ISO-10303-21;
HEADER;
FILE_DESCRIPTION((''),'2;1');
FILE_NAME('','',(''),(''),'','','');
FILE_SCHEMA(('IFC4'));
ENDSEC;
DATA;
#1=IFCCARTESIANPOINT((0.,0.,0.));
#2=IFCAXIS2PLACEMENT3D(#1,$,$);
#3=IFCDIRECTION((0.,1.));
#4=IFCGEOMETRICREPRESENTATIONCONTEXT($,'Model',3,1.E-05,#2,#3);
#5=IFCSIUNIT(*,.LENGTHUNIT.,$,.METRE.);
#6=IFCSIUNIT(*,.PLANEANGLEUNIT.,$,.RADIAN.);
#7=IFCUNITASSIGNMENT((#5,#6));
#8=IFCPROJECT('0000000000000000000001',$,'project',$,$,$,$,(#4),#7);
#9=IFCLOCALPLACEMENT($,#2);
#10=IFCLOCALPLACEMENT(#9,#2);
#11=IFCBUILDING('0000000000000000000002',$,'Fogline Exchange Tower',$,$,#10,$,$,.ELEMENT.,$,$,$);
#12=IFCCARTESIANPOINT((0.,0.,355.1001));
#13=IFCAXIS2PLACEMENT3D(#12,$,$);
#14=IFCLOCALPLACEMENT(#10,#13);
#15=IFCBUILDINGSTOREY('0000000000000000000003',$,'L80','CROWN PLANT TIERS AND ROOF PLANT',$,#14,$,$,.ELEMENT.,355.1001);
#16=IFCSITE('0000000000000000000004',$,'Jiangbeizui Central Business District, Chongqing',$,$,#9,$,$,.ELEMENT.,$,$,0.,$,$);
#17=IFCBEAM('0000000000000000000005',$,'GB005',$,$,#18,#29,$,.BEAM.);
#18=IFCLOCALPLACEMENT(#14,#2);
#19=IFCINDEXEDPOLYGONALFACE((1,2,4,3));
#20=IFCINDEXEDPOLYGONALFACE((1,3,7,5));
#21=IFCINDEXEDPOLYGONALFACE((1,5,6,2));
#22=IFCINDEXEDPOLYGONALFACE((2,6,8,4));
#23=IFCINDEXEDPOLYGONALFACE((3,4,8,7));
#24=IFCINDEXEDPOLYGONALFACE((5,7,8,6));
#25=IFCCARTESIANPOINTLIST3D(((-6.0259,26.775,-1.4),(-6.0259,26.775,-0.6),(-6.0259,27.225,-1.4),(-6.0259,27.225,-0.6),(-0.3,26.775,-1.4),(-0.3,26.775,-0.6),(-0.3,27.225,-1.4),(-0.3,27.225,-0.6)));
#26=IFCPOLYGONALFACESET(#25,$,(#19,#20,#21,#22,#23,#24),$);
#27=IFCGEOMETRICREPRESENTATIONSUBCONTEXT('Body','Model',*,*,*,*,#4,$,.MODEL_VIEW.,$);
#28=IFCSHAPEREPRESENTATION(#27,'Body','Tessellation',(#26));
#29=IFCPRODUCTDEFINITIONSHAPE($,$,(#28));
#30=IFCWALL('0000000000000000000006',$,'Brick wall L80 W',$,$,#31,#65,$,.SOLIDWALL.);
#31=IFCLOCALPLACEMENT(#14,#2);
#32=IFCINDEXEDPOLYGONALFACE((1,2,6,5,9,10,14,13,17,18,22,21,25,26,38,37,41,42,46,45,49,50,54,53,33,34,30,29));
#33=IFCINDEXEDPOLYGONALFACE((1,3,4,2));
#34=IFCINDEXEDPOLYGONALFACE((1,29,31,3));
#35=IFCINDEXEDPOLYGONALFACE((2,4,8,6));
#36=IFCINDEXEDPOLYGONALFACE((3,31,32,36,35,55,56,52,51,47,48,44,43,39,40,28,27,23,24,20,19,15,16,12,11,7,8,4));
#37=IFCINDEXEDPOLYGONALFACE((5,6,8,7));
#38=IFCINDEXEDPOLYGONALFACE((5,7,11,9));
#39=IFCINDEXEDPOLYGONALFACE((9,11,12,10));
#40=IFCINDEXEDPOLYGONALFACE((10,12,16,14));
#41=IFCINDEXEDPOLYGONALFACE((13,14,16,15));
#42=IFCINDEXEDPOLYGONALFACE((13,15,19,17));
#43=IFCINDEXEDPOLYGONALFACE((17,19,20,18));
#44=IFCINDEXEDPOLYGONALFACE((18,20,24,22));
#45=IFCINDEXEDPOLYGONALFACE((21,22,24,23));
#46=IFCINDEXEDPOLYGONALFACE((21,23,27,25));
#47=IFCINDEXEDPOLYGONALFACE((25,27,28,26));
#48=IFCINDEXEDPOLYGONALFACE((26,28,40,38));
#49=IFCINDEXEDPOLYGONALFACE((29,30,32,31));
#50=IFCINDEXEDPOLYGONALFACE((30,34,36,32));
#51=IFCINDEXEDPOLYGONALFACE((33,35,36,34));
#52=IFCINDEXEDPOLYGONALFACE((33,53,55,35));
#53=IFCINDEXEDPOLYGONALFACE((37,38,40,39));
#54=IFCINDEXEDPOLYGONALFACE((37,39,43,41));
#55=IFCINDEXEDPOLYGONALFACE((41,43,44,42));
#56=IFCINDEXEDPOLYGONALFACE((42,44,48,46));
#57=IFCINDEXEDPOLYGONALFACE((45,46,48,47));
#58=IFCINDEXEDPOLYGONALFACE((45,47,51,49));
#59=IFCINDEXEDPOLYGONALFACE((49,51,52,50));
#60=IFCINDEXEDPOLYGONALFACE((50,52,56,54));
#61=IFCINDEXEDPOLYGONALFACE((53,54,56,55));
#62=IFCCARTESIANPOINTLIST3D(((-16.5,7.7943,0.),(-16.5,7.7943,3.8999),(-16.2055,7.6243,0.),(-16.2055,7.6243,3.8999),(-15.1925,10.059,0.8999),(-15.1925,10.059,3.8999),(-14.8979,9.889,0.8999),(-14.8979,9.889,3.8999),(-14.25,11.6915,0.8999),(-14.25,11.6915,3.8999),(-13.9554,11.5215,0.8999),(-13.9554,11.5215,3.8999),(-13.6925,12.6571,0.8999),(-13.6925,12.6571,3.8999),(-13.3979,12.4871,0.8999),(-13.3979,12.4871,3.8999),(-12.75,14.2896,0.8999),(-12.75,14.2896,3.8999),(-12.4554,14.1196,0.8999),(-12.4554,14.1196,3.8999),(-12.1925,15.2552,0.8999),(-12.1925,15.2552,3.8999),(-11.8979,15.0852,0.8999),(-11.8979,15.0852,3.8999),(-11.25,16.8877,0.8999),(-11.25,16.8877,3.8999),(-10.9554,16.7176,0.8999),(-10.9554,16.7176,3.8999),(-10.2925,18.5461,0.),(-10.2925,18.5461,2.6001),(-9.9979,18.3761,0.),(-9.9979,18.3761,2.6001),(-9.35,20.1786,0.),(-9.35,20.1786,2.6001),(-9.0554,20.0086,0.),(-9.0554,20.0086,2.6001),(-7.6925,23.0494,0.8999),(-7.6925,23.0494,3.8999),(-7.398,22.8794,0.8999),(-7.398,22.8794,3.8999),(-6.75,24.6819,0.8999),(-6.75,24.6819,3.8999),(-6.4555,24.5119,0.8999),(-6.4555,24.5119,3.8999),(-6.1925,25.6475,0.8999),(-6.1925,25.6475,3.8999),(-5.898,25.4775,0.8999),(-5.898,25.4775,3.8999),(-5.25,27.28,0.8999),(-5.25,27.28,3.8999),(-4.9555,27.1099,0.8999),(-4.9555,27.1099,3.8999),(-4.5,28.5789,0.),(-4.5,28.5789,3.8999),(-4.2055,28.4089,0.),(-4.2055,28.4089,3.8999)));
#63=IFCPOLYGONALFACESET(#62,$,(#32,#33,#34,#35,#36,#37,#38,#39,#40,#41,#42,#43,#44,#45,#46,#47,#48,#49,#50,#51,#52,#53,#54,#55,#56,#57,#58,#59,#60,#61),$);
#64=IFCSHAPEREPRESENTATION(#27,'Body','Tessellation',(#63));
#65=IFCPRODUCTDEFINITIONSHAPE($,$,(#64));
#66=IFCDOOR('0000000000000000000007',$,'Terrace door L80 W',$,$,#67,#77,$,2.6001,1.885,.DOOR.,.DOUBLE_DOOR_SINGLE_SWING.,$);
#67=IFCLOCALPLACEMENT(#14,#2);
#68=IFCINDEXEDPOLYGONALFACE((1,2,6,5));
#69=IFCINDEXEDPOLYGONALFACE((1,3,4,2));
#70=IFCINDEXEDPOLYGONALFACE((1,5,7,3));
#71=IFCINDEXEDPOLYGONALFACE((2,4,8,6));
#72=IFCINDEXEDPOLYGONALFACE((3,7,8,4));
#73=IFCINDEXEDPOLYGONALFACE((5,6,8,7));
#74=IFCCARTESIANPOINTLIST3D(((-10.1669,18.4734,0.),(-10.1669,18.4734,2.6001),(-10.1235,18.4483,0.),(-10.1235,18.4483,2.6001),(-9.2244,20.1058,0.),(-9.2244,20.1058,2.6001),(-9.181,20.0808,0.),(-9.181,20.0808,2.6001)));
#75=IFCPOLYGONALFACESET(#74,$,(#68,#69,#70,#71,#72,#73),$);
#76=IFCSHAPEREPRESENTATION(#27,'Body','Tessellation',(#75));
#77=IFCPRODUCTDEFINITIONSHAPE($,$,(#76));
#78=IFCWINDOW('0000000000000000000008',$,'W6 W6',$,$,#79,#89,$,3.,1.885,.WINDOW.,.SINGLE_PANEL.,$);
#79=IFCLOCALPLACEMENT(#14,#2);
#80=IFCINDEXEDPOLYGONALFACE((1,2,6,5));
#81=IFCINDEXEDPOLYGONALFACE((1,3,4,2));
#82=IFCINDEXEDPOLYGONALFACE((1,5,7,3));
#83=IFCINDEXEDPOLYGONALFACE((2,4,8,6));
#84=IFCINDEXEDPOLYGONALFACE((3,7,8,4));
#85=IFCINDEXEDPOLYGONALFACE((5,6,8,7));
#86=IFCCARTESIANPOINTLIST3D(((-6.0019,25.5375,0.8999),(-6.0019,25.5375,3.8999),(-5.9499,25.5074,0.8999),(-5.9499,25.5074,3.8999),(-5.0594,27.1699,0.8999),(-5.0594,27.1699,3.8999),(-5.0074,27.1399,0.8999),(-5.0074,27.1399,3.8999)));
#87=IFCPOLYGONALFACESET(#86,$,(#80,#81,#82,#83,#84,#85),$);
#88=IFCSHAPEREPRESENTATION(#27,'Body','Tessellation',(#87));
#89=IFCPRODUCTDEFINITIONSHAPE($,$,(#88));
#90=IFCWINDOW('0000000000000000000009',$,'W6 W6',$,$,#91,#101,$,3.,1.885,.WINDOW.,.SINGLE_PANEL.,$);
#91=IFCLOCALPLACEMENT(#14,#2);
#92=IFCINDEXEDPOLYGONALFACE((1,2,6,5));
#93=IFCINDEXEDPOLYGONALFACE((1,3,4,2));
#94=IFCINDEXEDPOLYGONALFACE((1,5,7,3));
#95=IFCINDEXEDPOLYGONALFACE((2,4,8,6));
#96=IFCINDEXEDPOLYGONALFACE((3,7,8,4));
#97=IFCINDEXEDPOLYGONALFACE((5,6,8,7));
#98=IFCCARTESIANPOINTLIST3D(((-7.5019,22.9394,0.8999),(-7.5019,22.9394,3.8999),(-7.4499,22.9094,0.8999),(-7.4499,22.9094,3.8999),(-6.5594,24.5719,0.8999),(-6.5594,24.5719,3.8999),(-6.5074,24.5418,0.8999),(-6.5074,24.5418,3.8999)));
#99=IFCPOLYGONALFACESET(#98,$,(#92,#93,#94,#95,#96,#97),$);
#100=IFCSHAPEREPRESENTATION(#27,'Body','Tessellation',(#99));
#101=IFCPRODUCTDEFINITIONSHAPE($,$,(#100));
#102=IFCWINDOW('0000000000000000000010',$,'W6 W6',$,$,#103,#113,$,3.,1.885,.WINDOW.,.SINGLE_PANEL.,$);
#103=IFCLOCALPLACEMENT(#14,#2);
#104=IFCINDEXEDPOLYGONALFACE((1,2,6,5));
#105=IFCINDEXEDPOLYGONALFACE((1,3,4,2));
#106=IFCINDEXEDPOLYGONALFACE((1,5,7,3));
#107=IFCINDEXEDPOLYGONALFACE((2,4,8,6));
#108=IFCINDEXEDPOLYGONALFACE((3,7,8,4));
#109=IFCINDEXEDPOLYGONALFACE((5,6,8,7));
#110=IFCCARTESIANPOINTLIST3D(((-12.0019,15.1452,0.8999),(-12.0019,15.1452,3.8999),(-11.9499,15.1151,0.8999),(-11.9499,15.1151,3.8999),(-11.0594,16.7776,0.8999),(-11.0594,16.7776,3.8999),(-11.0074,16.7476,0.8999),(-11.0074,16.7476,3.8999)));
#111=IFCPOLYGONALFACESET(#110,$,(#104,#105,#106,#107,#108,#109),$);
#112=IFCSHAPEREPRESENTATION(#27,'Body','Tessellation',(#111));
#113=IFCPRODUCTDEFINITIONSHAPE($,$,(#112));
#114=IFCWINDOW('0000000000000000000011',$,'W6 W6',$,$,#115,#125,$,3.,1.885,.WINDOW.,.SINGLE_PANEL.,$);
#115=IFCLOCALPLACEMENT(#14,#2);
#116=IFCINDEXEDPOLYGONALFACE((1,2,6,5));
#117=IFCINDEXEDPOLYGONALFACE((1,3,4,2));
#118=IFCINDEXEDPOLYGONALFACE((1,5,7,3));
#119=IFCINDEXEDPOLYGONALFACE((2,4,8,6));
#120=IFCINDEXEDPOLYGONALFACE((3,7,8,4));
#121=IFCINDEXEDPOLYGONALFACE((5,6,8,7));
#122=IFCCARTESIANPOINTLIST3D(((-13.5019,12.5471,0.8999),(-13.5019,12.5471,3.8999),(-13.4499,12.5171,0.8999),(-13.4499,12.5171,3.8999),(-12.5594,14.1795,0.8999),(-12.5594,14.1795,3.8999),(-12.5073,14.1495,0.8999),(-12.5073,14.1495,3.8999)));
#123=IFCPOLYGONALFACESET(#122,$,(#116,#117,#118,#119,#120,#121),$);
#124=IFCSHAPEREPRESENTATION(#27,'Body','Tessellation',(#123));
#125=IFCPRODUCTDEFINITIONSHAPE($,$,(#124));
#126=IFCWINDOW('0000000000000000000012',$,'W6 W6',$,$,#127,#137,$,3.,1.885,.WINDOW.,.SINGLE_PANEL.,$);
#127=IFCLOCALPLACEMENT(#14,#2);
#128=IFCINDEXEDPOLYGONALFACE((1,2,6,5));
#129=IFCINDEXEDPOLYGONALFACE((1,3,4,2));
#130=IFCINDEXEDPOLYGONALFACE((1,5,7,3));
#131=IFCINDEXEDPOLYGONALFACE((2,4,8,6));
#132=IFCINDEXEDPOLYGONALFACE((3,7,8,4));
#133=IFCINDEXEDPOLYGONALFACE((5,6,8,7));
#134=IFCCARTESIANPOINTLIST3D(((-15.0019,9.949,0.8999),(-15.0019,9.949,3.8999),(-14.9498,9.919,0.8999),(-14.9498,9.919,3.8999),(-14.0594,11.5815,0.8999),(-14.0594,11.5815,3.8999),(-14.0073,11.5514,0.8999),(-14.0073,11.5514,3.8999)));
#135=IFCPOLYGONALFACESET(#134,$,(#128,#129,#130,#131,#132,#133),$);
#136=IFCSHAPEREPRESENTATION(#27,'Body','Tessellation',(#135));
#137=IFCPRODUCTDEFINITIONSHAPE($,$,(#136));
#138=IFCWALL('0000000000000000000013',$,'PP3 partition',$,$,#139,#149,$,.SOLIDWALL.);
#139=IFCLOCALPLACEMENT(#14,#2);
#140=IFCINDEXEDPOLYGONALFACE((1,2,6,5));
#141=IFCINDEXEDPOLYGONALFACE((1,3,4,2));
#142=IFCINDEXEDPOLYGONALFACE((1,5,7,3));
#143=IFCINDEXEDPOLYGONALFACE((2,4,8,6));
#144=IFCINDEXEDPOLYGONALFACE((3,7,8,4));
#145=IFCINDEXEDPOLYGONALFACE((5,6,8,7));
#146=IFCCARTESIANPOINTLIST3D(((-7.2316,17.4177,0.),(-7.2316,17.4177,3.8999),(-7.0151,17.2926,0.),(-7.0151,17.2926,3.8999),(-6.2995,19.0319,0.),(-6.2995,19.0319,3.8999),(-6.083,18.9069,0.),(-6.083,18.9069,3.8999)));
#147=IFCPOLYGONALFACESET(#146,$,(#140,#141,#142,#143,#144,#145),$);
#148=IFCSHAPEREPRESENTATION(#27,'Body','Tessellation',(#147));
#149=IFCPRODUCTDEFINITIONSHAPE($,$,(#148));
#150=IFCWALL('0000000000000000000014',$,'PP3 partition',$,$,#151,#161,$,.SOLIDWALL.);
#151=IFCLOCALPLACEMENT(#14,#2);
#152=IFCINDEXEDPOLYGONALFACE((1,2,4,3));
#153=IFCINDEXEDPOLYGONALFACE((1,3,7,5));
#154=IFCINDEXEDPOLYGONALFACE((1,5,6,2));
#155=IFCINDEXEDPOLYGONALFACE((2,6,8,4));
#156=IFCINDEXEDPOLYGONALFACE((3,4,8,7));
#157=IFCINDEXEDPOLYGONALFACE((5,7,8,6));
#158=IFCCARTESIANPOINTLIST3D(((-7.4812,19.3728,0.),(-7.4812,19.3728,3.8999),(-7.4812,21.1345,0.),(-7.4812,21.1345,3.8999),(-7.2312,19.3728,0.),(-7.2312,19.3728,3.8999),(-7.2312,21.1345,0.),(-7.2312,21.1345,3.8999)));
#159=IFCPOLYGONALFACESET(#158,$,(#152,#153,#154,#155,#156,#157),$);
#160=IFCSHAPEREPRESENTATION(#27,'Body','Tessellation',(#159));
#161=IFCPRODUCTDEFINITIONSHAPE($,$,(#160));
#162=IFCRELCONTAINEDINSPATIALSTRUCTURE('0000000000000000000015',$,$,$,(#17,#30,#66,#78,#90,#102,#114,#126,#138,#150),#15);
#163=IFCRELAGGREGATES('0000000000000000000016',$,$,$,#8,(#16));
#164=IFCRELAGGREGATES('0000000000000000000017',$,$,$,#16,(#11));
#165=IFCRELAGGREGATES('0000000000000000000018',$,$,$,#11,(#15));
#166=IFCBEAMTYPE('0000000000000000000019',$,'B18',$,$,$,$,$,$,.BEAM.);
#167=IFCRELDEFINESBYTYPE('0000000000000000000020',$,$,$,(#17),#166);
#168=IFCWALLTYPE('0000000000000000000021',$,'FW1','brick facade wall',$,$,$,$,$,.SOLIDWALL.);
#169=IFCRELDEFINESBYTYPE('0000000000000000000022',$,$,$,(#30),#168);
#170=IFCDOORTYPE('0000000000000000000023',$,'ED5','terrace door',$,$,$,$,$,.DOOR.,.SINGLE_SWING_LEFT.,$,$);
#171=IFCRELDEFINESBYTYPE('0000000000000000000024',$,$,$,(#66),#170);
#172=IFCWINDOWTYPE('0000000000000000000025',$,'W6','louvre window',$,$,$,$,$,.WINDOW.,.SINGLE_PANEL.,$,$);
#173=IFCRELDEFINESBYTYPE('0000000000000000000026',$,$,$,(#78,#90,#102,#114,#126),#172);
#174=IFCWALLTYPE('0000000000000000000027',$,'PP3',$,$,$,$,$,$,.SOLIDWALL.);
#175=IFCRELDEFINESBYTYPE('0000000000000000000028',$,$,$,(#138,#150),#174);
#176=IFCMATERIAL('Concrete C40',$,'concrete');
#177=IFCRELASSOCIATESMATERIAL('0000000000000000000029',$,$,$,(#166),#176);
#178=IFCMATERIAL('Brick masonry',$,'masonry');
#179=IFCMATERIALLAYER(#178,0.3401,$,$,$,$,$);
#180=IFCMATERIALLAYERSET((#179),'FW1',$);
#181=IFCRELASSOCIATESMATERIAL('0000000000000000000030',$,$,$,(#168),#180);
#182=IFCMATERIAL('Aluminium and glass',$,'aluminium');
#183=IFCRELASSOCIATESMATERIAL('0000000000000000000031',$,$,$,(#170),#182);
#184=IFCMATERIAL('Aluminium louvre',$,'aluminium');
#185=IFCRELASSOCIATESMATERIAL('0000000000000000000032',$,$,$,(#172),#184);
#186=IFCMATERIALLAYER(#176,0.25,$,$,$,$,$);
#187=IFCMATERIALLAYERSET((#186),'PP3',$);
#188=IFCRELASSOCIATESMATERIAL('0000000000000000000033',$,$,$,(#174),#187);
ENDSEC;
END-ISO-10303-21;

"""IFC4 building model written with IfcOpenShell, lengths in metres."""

from ifc_helpers import new_model, si_unit, direction, frame, frame_2d, origin, origin_2d, place, context, subcontext, project, spatial, rectangle, extrude, material, layer, layer_set, material_profile, profile_set, type_object, element, fill, save


model = new_model("IFC4")

# Units and contexts
model_context = context("Model", 3, precision=1e-05, world=origin(), true_north=direction((0.0, 1.0)))
body_context = subcontext(model_context, "Body", "Model", "MODEL_VIEW")
ifc_project = project(units=[si_unit("LENGTHUNIT", "METRE"), si_unit("PLANEANGLEUNIT", "RADIAN")], contexts=[model_context])

# Site, building, storey
site_placement = place(None, origin())
site = spatial("IfcSite", under=ifc_project, at=site_placement, Name="Jiangbeizui Central Business District, Chongqing", CompositionType="ELEMENT", RefElevation=0.0)
building_placement = place(site_placement, origin())
building = spatial("IfcBuilding", under=site, at=building_placement, Name="Fogline Exchange Tower", CompositionType="ELEMENT")
storey_placement = place(building_placement, frame((0.0, 0.0, 355.1001)))
storey = spatial("IfcBuildingStorey", under=building, at=storey_placement, Name="L80", Description="CROWN PLANT TIERS AND ROOF PLANT", CompositionType="ELEMENT", Elevation=355.1001)

# Beam
ifc_material_1 = material(Name="Concrete C40", Category="concrete")
ifc_material_profile_1 = material_profile(ifc_material_1, rectangle(XDim=0.45, YDim=0.8, at=origin_2d()), Name="RC 450x800")
ifc_profile_set_1 = profile_set([ifc_material_profile_1], Name="Concrete C40")
beam_type_1 = type_object("IfcBeamType", Name="B18", PredefinedType="BEAM", material=ifc_profile_set_1)
beam_1_placement = place(storey_placement, frame((-6.0259, 27.0, -1.0), z_axis=(1.0, 0.0, 0.0), x_axis=(0.0, 1.0, 0.0)))
element("IfcBeam", 1, at=beam_1_placement, inside=storey, type_object=beam_type_1, Name="GB005", PredefinedType="BEAM", context=body_context, shape_type="SweptSolid", body=[
    extrude(rectangle(XDim=0.45, YDim=0.8, at=origin_2d()), origin(), (0.0, 0.0, 1.0), 5.7258),
])

# Wall, openings, door, windows
ifc_material_2 = material(Name="Brick masonry", Category="masonry")
ifc_layer_1 = layer(ifc_material_2, 0.3401)
ifc_layer_set_1 = layer_set([ifc_layer_1], Name="FW1")
wall_type_1 = type_object("IfcWallType", Name="FW1", Description="brick facade wall", PredefinedType="SOLIDWALL", material=ifc_layer_set_1)
wall_1_placement = place(storey_placement, frame((-4.3528, 28.4939, 0.0), z_axis=(0.0, 0.0, 1.0), x_axis=(-0.499999, -0.866026, 0.0)))
wall_1 = element("IfcWall", 2, at=wall_1_placement, inside=storey, type_object=wall_type_1, Name="Brick wall L80 W", PredefinedType="SOLIDWALL", context=body_context, shape_type="SweptSolid", body=[
    extrude(rectangle(XDim=24.0, YDim=0.3401, at=frame_2d((12.0, 0.0))), origin(), (0.0, 0.0, 1.0), 3.8999),
])
opening_1_placement = place(wall_1_placement, frame((1.5, 0.0, 0.8999)))
opening_1 = element("IfcOpeningElement", 3, at=opening_1_placement, cuts=wall_1, PredefinedType="OPENING", context=body_context, shape_type="SweptSolid", body=[
    extrude(rectangle(XDim=1.885, YDim=3.0, at=frame_2d((0.9424, 1.5))), frame((0.0, 0.1802, 0.0), z_axis=(0.0, -1.0, 0.0), x_axis=(1.0, 0.0, 0.0)), (0.0, 0.0, 1.0), 0.3601),
])
opening_2_placement = place(wall_1_placement, frame((4.5, 0.0, 0.8999)))
opening_2 = element("IfcOpeningElement", 4, at=opening_2_placement, cuts=wall_1, PredefinedType="OPENING", context=body_context, shape_type="SweptSolid", body=[
    extrude(rectangle(XDim=1.885, YDim=3.0, at=frame_2d((0.9424, 1.5))), frame((0.0, 0.1802, 0.0), z_axis=(0.0, -1.0, 0.0), x_axis=(1.0, 0.0, 0.0)), (0.0, 0.0, 1.0), 0.3601),
])
opening_3_placement = place(wall_1_placement, frame((13.5, 0.0, 0.8999)))
opening_3 = element("IfcOpeningElement", 5, at=opening_3_placement, cuts=wall_1, PredefinedType="OPENING", context=body_context, shape_type="SweptSolid", body=[
    extrude(rectangle(XDim=1.885, YDim=3.0, at=frame_2d((0.9424, 1.5))), frame((0.0, 0.1802, 0.0), z_axis=(0.0, -1.0, 0.0), x_axis=(1.0, 0.0, 0.0)), (0.0, 0.0, 1.0), 0.3601),
])
opening_4_placement = place(wall_1_placement, frame((16.5, 0.0, 0.8999)))
opening_4 = element("IfcOpeningElement", 6, at=opening_4_placement, cuts=wall_1, PredefinedType="OPENING", context=body_context, shape_type="SweptSolid", body=[
    extrude(rectangle(XDim=1.885, YDim=3.0, at=frame_2d((0.9424, 1.5))), frame((0.0, 0.1802, 0.0), z_axis=(0.0, -1.0, 0.0), x_axis=(1.0, 0.0, 0.0)), (0.0, 0.0, 1.0), 0.3601),
])
opening_5_placement = place(wall_1_placement, frame((19.5, 0.0, 0.8999)))
opening_5 = element("IfcOpeningElement", 7, at=opening_5_placement, cuts=wall_1, PredefinedType="OPENING", context=body_context, shape_type="SweptSolid", body=[
    extrude(rectangle(XDim=1.885, YDim=3.0, at=frame_2d((0.9424, 1.5))), frame((0.0, 0.1802, 0.0), z_axis=(0.0, -1.0, 0.0), x_axis=(1.0, 0.0, 0.0)), (0.0, 0.0, 1.0), 0.3601),
])
opening_6_placement = place(wall_1_placement, frame((9.7, 0.0, 0.0)))
opening_6 = element("IfcOpeningElement", 8, at=opening_6_placement, cuts=wall_1, PredefinedType="OPENING", context=body_context, shape_type="SweptSolid", body=[
    extrude(rectangle(XDim=1.885, YDim=2.6001, at=frame_2d((0.9424, 1.3))), frame((0.0, 0.1802, 0.0), z_axis=(0.0, -1.0, 0.0), x_axis=(1.0, 0.0, 0.0)), (0.0, 0.0, 1.0), 0.3601),
])
ifc_material_3 = material(Name="Aluminium and glass", Category="aluminium")
door_type = type_object("IfcDoorType", Name="ED5", Description="terrace door", OperationType="SINGLE_SWING_LEFT", PredefinedType="DOOR", material=ifc_material_3)
door_placement = place(opening_6_placement, frame((1.885, 0.0, 0.0), z_axis=(0.0, 0.0, 1.0), x_axis=(-1.0, 0.0, 0.0)))
door = element("IfcDoor", 9, at=door_placement, inside=storey, type_object=door_type, Name="Terrace door L80 W", OperationType="DOUBLE_DOOR_SINGLE_SWING", OverallHeight=2.6001, OverallWidth=1.885, PredefinedType="DOOR", context=body_context, shape_type="SweptSolid", body=[
    extrude(rectangle(XDim=1.885, YDim=2.6001, at=frame_2d((0.9424, 1.3))), frame((0.0, 0.0249, 0.0), z_axis=(0.0, -1.0, 0.0), x_axis=(1.0, 0.0, 0.0)), (0.0, 0.0, 1.0), 0.05),
])
fill(opening_6, door)
ifc_material_4 = material(Name="Aluminium louvre", Category="aluminium")
window_type = type_object("IfcWindowType", Name="W6", Description="louvre window", PartitioningType="SINGLE_PANEL", PredefinedType="WINDOW", material=ifc_material_4)
window_1_placement = place(opening_1_placement, origin())
window_1 = element("IfcWindow", 10, at=window_1_placement, inside=storey, type_object=window_type, Name="W6 W6", OverallHeight=3.0, OverallWidth=1.885, PartitioningType="SINGLE_PANEL", PredefinedType="WINDOW", context=body_context, shape_type="SweptSolid", body=[
    extrude(rectangle(XDim=1.885, YDim=3.0, at=frame_2d((0.9424, 1.5))), frame((0.0, 0.1101, 0.0), z_axis=(0.0, -1.0, 0.0), x_axis=(1.0, 0.0, 0.0)), (0.0, 0.0, 1.0), 0.0601),
])
fill(opening_1, window_1)
window_2_placement = place(opening_2_placement, origin())
window_2 = element("IfcWindow", 11, at=window_2_placement, inside=storey, type_object=window_type, Name="W6 W6", OverallHeight=3.0, OverallWidth=1.885, PartitioningType="SINGLE_PANEL", PredefinedType="WINDOW", context=body_context, shape_type="SweptSolid", body=[
    extrude(rectangle(XDim=1.885, YDim=3.0, at=frame_2d((0.9424, 1.5))), frame((0.0, 0.1101, 0.0), z_axis=(0.0, -1.0, 0.0), x_axis=(1.0, 0.0, 0.0)), (0.0, 0.0, 1.0), 0.0601),
])
fill(opening_2, window_2)
window_3_placement = place(opening_3_placement, origin())
window_3 = element("IfcWindow", 12, at=window_3_placement, inside=storey, type_object=window_type, Name="W6 W6", OverallHeight=3.0, OverallWidth=1.885, PartitioningType="SINGLE_PANEL", PredefinedType="WINDOW", context=body_context, shape_type="SweptSolid", body=[
    extrude(rectangle(XDim=1.885, YDim=3.0, at=frame_2d((0.9424, 1.5))), frame((0.0, 0.1101, 0.0), z_axis=(0.0, -1.0, 0.0), x_axis=(1.0, 0.0, 0.0)), (0.0, 0.0, 1.0), 0.0601),
])
fill(opening_3, window_3)
window_4_placement = place(opening_4_placement, origin())
window_4 = element("IfcWindow", 13, at=window_4_placement, inside=storey, type_object=window_type, Name="W6 W6", OverallHeight=3.0, OverallWidth=1.885, PartitioningType="SINGLE_PANEL", PredefinedType="WINDOW", context=body_context, shape_type="SweptSolid", body=[
    extrude(rectangle(XDim=1.885, YDim=3.0, at=frame_2d((0.9424, 1.5))), frame((0.0, 0.1101, 0.0), z_axis=(0.0, -1.0, 0.0), x_axis=(1.0, 0.0, 0.0)), (0.0, 0.0, 1.0), 0.0601),
])
fill(opening_4, window_4)
window_5_placement = place(opening_5_placement, origin())
window_5 = element("IfcWindow", 14, at=window_5_placement, inside=storey, type_object=window_type, Name="W6 W6", OverallHeight=3.0, OverallWidth=1.885, PartitioningType="SINGLE_PANEL", PredefinedType="WINDOW", context=body_context, shape_type="SweptSolid", body=[
    extrude(rectangle(XDim=1.885, YDim=3.0, at=frame_2d((0.9424, 1.5))), frame((0.0, 0.1101, 0.0), z_axis=(0.0, -1.0, 0.0), x_axis=(1.0, 0.0, 0.0)), (0.0, 0.0, 1.0), 0.0601),
])
fill(opening_5, window_5)

# Walls
ifc_layer_2 = layer(ifc_material_1, 0.25)
ifc_layer_set_2 = layer_set([ifc_layer_2], Name="PP3")
wall_type_2 = type_object("IfcWallType", Name="PP3", PredefinedType="SOLIDWALL", material=ifc_layer_set_2)
wall_2_placement = place(storey_placement, frame((-6.1912, 18.9695, 0.0), z_axis=(0.0, 0.0, 1.0), x_axis=(-0.500055, -0.865994, 0.0)))
element("IfcWall", 15, at=wall_2_placement, inside=storey, type_object=wall_type_2, Name="PP3 partition", PredefinedType="SOLIDWALL", context=body_context, shape_type="SweptSolid", body=[
    extrude(rectangle(XDim=1.864, YDim=0.25, at=frame_2d((0.9321, 0.0))), origin(), (0.0, 0.0, 1.0), 3.8999),
])
wall_3_placement = place(storey_placement, frame((-7.3562, 21.1345, 0.0), z_axis=(0.0, 0.0, 1.0), x_axis=(0.0, -1.0, 0.0)))
element("IfcWall", 16, at=wall_3_placement, inside=storey, type_object=wall_type_2, Name="PP3 partition", PredefinedType="SOLIDWALL", context=body_context, shape_type="SweptSolid", body=[
    extrude(rectangle(XDim=1.7617, YDim=0.25, at=frame_2d((0.8809, 0.0))), origin(), (0.0, 0.0, 1.0), 3.8999),
])

save(model, "model.ifc")
